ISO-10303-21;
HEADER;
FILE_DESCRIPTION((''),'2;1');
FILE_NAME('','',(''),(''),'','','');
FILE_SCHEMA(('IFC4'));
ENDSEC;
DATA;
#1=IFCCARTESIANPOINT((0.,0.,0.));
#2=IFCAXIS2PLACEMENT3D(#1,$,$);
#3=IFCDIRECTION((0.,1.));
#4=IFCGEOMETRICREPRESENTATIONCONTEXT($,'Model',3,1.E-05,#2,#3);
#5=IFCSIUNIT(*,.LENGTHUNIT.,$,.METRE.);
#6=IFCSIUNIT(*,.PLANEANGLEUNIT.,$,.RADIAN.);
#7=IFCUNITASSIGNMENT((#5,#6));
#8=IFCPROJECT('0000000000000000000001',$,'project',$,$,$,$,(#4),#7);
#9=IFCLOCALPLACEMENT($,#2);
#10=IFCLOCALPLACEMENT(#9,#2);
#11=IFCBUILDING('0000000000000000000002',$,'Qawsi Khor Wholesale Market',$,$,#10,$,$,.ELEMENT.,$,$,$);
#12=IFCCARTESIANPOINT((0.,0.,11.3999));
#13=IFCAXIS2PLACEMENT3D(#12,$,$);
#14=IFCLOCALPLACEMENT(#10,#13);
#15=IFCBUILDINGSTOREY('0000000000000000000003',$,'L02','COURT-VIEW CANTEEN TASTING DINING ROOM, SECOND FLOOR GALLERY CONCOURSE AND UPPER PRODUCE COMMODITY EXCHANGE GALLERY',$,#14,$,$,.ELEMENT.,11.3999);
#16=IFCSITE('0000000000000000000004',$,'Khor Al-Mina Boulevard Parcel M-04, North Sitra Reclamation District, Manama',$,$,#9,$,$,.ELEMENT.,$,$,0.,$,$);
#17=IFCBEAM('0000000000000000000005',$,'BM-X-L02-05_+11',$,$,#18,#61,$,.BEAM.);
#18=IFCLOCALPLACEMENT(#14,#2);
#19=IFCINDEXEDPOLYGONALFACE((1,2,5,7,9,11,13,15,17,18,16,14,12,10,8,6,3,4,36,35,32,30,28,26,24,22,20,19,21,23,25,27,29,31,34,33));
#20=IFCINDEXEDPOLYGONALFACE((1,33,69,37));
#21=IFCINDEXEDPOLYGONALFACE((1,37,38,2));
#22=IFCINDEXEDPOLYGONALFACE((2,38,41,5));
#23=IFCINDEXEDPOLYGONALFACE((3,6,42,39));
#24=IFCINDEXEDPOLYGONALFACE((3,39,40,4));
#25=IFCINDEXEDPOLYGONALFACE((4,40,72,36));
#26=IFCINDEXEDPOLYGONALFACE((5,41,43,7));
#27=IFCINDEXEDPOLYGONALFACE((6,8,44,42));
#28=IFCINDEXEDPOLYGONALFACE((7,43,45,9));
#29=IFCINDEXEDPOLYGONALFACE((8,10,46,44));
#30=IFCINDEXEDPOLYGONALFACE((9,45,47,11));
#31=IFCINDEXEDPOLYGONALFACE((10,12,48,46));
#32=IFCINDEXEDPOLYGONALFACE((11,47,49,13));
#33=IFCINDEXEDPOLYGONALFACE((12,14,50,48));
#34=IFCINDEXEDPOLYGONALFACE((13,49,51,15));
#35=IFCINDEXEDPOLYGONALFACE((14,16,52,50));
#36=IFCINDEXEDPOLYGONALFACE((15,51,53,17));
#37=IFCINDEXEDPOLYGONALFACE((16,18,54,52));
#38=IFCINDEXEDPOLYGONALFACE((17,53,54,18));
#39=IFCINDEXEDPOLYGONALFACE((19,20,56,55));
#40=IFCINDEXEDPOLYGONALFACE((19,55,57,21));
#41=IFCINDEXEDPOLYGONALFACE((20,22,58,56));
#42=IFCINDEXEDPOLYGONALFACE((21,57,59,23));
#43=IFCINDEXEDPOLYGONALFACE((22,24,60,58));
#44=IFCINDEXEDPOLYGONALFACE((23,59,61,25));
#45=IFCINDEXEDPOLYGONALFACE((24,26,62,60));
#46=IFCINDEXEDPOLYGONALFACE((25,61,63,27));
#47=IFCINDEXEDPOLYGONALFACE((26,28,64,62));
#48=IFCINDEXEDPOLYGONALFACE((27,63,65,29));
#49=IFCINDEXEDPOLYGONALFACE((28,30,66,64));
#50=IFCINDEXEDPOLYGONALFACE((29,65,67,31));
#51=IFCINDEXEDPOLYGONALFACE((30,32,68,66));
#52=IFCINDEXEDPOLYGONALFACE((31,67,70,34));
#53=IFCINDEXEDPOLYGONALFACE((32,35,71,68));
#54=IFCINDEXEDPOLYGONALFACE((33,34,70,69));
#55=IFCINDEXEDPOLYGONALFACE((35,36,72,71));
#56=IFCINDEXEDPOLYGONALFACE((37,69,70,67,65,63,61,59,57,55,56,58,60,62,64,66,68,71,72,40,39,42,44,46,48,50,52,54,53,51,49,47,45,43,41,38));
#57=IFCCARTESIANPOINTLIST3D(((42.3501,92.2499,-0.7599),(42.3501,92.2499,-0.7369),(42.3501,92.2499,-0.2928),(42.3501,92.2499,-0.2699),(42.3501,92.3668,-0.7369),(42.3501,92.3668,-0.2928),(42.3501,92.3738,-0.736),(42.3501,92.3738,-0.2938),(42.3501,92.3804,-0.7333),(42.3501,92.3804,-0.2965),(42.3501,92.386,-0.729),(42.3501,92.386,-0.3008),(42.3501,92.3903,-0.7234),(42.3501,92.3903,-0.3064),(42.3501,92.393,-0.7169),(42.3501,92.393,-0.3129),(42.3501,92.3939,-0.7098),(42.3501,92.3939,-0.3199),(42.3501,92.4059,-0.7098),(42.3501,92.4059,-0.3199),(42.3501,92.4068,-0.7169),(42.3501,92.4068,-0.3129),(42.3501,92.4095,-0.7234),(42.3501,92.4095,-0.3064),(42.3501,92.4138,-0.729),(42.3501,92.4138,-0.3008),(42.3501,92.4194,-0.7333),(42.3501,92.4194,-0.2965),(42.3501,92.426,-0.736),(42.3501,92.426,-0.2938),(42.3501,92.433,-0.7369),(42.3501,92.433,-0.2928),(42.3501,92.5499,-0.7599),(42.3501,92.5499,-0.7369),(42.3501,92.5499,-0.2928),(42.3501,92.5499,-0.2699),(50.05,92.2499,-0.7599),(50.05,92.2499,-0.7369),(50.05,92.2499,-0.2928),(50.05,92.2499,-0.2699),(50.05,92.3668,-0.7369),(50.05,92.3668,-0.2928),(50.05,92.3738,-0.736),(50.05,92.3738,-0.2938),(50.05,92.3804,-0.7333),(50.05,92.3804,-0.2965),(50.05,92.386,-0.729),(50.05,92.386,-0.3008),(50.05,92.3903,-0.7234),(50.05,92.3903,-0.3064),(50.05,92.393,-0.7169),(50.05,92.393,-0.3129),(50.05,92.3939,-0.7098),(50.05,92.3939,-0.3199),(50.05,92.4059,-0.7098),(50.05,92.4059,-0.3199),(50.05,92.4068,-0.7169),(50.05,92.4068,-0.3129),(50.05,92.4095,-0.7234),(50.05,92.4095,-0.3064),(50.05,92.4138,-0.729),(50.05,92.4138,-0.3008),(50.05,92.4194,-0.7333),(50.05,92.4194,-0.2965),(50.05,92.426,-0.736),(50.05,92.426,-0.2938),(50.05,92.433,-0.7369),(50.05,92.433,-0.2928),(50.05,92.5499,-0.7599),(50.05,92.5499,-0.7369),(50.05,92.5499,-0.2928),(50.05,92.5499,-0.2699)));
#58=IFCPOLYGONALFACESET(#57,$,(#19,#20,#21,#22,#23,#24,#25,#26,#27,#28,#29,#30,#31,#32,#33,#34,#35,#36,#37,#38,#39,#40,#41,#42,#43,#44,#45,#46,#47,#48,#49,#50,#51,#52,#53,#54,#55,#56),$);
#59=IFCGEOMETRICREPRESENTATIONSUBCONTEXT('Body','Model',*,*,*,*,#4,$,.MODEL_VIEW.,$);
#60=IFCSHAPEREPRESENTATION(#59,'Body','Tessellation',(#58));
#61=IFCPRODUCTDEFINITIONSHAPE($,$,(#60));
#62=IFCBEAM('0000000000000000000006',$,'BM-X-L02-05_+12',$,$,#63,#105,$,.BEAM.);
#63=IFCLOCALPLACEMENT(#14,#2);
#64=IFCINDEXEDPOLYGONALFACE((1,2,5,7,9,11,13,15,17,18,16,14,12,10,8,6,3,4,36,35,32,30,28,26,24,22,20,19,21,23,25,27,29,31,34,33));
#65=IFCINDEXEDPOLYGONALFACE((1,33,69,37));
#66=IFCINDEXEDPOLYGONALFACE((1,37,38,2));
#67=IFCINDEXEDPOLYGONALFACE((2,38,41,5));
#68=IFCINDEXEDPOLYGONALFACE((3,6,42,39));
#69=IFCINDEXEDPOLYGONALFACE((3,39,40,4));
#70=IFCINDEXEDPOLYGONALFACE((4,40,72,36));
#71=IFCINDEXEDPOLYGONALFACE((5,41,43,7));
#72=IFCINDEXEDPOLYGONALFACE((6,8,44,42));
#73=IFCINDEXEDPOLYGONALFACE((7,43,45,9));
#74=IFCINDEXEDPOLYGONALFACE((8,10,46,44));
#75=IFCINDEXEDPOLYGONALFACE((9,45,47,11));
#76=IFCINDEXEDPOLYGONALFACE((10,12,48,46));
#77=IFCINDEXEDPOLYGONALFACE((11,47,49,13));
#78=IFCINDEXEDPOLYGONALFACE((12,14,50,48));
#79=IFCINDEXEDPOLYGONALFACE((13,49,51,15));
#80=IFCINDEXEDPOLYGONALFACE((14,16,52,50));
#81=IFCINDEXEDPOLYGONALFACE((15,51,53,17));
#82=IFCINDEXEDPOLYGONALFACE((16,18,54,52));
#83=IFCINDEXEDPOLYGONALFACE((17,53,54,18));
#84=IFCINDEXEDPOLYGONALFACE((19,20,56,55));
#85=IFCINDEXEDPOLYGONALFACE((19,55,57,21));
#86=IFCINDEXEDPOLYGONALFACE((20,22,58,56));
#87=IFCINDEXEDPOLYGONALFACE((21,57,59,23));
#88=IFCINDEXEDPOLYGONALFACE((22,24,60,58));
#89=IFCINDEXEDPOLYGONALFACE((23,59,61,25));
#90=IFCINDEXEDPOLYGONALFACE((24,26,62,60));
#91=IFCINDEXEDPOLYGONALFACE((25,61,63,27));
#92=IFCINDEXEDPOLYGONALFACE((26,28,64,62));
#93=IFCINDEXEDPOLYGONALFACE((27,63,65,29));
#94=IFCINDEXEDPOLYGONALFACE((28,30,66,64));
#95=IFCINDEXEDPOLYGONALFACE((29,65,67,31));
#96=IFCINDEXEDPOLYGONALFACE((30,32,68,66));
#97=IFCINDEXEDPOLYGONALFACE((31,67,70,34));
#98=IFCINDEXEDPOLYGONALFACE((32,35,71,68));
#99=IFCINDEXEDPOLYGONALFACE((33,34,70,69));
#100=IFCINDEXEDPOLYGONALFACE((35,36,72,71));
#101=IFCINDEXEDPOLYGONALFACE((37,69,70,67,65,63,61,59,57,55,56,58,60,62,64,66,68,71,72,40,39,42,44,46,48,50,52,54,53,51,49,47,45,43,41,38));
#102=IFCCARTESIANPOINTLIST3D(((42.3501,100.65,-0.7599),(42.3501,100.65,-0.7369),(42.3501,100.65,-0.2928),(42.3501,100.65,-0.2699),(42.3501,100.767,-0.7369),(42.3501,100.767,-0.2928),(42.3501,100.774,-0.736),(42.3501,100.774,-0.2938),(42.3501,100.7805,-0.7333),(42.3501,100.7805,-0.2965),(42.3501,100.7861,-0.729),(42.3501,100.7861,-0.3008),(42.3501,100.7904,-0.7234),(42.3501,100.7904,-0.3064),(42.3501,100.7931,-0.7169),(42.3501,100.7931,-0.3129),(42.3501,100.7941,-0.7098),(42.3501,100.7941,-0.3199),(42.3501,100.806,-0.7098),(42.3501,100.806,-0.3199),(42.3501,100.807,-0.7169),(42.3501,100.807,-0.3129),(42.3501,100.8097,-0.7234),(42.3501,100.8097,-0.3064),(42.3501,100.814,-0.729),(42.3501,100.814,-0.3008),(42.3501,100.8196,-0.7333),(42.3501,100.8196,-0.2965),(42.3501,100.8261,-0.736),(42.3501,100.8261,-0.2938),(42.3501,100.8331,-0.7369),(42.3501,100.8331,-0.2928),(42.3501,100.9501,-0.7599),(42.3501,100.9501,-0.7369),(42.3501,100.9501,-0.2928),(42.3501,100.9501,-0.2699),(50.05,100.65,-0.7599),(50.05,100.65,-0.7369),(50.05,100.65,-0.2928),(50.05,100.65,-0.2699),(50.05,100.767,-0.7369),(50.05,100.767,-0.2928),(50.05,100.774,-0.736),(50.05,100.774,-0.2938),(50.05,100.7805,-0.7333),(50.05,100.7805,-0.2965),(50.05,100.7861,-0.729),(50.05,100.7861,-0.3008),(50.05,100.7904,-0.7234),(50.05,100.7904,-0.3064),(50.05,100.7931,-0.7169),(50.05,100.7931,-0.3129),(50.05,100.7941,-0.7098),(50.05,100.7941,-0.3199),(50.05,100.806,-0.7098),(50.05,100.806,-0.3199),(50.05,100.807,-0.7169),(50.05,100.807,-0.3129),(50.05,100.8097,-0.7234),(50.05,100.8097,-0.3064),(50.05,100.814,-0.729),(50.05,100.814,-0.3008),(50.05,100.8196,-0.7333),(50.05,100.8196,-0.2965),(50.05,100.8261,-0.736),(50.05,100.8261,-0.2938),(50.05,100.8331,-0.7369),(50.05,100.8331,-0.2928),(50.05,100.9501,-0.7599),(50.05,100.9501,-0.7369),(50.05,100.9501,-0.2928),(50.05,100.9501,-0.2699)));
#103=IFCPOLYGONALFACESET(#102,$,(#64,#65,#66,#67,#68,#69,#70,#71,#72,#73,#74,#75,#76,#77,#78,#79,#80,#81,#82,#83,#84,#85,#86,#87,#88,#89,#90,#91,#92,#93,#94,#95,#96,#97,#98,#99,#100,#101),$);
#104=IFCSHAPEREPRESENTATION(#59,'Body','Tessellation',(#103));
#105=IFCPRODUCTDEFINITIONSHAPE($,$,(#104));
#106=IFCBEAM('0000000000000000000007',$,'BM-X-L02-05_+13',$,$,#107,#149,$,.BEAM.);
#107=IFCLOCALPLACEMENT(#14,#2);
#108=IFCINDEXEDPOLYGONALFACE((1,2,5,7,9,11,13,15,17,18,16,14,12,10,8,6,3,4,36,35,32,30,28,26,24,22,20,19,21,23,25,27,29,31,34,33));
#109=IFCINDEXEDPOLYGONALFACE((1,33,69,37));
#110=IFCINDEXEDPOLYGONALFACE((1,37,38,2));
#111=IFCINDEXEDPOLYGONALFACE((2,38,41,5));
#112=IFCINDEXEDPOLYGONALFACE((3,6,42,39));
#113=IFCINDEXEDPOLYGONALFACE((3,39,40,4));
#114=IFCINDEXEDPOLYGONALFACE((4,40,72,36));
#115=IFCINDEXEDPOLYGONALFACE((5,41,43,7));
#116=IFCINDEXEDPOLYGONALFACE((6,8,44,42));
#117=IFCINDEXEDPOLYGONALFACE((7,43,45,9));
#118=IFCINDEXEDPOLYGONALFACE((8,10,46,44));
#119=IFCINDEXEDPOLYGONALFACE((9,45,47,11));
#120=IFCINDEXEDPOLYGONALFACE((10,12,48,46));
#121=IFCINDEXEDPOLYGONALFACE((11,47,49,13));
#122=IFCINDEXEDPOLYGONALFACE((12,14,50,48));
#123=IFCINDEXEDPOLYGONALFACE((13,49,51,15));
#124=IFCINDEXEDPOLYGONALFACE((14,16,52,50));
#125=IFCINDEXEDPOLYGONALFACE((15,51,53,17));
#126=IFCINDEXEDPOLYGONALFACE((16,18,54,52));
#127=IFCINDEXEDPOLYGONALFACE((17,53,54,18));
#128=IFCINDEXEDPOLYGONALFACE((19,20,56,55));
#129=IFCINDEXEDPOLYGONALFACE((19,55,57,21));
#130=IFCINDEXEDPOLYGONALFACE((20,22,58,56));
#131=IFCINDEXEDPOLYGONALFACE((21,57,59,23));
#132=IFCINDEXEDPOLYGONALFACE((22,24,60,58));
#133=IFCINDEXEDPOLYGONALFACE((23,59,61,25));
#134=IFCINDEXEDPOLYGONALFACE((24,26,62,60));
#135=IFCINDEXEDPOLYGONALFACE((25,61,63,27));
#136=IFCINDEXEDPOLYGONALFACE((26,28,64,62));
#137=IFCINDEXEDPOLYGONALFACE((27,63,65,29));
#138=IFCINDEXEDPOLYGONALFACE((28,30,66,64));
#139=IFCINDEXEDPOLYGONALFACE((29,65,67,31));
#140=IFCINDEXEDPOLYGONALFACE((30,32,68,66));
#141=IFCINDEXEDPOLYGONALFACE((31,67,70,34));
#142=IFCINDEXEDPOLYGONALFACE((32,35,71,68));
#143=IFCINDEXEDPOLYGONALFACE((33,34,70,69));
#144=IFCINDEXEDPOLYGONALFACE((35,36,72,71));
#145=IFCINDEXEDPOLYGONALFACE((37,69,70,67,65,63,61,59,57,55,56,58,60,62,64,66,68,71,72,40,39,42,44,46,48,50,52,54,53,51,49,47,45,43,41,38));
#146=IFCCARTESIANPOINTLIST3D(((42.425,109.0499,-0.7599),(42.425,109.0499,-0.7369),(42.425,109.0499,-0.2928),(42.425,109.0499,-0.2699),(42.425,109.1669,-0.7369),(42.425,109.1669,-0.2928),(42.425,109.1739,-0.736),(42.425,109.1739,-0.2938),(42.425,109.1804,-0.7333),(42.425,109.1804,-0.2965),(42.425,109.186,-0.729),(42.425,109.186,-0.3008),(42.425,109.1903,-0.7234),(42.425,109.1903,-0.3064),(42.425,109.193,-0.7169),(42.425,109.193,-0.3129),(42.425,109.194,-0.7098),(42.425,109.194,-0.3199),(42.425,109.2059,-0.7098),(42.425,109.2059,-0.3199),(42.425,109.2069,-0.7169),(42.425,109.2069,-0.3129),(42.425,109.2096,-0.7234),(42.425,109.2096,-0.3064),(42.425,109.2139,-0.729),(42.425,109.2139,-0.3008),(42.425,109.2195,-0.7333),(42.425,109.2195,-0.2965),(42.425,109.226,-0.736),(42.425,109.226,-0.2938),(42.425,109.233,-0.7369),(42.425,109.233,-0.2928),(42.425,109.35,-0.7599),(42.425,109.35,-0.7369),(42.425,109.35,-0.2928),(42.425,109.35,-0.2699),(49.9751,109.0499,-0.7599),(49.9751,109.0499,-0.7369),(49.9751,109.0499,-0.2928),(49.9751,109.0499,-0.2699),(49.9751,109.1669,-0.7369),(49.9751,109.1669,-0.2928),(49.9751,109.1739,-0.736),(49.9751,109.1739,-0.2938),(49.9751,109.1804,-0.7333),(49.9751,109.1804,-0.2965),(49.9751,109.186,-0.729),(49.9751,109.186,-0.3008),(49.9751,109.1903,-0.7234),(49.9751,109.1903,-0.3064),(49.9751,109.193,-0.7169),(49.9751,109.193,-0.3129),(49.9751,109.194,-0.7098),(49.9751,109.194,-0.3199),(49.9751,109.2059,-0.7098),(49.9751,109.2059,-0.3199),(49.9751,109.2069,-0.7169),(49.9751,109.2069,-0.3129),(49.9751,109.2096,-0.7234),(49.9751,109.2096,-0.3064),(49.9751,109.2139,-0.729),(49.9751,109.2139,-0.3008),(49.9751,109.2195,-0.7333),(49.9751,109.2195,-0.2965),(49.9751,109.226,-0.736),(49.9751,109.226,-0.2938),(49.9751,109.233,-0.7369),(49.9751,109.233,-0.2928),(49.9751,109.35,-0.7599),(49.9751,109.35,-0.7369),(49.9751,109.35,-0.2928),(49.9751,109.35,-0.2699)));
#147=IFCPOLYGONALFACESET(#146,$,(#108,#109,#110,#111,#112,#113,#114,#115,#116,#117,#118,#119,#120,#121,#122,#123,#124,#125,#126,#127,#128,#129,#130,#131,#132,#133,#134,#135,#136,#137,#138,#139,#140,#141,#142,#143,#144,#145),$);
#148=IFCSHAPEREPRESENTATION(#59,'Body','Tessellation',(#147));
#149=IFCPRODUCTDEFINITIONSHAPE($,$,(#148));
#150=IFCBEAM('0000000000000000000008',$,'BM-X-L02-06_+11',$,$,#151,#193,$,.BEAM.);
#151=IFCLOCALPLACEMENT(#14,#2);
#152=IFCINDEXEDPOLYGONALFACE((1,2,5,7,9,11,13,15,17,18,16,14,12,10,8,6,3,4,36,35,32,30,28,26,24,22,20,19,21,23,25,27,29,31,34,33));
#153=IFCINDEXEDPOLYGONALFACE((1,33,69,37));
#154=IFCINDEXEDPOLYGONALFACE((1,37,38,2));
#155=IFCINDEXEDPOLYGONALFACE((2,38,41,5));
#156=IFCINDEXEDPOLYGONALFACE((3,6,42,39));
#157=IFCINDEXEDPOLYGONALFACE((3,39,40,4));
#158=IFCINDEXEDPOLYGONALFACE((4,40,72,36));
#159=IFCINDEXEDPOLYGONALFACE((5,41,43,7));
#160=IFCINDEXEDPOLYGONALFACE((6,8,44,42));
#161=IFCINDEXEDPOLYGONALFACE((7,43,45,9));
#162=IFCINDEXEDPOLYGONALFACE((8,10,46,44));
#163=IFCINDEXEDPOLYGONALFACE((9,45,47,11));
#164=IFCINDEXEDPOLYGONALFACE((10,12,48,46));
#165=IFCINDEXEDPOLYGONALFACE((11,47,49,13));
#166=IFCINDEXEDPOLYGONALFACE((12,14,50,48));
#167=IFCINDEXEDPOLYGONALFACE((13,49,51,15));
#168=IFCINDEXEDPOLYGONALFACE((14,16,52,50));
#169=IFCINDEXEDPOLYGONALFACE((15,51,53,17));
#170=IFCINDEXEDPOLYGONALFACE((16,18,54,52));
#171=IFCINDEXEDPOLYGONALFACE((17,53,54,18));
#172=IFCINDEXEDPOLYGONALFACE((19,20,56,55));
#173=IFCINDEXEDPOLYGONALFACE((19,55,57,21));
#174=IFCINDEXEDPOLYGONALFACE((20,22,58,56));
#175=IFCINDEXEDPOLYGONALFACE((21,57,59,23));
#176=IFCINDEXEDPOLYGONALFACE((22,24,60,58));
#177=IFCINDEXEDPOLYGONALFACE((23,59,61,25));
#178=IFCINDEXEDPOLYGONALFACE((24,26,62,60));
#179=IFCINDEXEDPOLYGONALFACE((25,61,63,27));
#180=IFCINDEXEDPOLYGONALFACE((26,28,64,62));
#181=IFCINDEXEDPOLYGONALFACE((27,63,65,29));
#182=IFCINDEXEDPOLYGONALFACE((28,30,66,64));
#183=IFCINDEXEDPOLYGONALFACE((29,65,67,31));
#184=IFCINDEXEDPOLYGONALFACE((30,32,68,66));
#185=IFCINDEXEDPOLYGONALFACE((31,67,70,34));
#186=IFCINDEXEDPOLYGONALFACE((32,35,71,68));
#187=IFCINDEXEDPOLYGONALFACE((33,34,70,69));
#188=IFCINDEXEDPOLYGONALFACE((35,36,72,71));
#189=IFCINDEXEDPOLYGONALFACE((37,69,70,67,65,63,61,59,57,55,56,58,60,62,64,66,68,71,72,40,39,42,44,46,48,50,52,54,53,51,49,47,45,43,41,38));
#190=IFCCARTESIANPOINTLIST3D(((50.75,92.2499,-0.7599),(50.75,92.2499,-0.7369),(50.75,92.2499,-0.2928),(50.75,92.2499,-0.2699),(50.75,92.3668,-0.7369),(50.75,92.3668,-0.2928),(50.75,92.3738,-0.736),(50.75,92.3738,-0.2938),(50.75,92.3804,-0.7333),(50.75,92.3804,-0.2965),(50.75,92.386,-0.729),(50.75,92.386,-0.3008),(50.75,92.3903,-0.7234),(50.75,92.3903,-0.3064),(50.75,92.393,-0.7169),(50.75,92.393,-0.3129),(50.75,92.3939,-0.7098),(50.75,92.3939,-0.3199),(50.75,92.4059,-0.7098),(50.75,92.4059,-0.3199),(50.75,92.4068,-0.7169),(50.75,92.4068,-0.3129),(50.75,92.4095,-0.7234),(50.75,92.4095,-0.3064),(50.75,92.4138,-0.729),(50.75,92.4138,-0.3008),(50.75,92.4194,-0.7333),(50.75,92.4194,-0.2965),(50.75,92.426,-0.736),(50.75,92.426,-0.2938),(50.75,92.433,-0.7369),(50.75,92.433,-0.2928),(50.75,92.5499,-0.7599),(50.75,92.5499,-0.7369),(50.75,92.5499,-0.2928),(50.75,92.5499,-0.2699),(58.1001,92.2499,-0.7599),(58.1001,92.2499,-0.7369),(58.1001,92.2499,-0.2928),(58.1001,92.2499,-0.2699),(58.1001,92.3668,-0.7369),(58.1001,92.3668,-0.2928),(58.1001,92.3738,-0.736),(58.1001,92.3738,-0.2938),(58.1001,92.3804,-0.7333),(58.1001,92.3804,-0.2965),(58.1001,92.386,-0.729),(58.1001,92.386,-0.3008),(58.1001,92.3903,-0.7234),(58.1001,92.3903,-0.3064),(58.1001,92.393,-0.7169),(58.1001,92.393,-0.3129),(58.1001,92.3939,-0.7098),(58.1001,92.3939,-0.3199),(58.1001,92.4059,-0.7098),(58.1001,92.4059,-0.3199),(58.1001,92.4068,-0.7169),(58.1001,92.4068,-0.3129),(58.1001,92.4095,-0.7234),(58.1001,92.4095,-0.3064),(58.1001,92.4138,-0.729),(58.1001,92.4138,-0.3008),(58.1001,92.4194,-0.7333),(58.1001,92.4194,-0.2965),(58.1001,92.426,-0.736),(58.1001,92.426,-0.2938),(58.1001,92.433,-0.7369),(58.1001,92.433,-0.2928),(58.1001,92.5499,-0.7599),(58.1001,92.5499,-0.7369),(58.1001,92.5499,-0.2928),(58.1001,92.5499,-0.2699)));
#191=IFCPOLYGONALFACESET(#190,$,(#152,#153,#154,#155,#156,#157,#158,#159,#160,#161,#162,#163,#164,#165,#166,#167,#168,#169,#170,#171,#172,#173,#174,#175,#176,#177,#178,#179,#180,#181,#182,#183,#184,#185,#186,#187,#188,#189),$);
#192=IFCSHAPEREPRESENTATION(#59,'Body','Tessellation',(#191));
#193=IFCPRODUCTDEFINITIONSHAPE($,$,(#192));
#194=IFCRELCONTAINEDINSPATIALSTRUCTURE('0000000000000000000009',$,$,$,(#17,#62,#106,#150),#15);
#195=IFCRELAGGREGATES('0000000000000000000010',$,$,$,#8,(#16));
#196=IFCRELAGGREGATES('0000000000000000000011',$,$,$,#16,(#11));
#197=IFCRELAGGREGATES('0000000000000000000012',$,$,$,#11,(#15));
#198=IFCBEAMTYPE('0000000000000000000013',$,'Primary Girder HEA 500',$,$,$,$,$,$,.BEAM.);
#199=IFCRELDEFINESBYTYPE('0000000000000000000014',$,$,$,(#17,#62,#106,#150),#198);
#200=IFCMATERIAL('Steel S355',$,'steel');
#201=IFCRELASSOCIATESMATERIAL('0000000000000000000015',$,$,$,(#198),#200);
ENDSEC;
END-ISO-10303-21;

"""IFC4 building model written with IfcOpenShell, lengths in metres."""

from ifc_helpers import new_model, si_unit, direction, frame, origin, origin_2d, place, context, subcontext, project, spatial, i_section, extrude, material, material_profile, profile_set, type_object, element, save


model = new_model("IFC4")

# Units and contexts
model_context = context("Model", 3, precision=1e-05, world=origin(), true_north=direction((0.0, 1.0)))
body_context = subcontext(model_context, "Body", "Model", "MODEL_VIEW")
ifc_project = project(units=[si_unit("LENGTHUNIT", "METRE"), si_unit("PLANEANGLEUNIT", "RADIAN")], contexts=[model_context])

# Site, building, storey
site_placement = place(None, origin())
site = spatial("IfcSite", under=ifc_project, at=site_placement, Name="Khor Al-Mina Boulevard Parcel M-04, North Sitra Reclamation District, Manama", CompositionType="ELEMENT", RefElevation=0.0)
building_placement = place(site_placement, origin())
building = spatial("IfcBuilding", under=site, at=building_placement, Name="Qawsi Khor Wholesale Market", CompositionType="ELEMENT")
storey_placement = place(building_placement, frame((0.0, 0.0, 11.3999)))
storey = spatial("IfcBuildingStorey", under=building, at=storey_placement, Name="L02", Description="COURT-VIEW CANTEEN TASTING DINING ROOM, SECOND FLOOR GALLERY CONCOURSE AND UPPER PRODUCE COMMODITY EXCHANGE GALLERY", CompositionType="ELEMENT", Elevation=11.3999)

# Beams
ifc_material_1 = material(Name="Steel S355", Category="steel")
ifc_material_profile_1 = material_profile(ifc_material_1, i_section(OverallWidth=0.3, OverallDepth=0.49, WebThickness=0.012, FlangeThickness=0.0229, FilletRadius=0.0271, at=origin_2d()), Name="HEA 500")
ifc_profile_set_1 = profile_set([ifc_material_profile_1], Name="Steel S355")
beam_type_1 = type_object("IfcBeamType", Name="Primary Girder HEA 500", PredefinedType="BEAM", material=ifc_profile_set_1)
for number, where, z_axis, x_axis, name in (
    (1, (42.3501, 92.3999, -0.5149), (1.0, 0.0, 0.0), (0.0, 1.0, 0.0), "BM-X-L02-05_+11"),
    (2, (42.3501, 100.8, -0.5149), (1.0, 0.0, 0.0), (0.0, 1.0, 0.0), "BM-X-L02-05_+12"),
):
    element("IfcBeam", number, at=place(storey_placement, frame(where, z_axis=z_axis, x_axis=x_axis)), inside=storey, type_object=beam_type_1, Name=name, PredefinedType="BEAM", context=body_context, shape_type="SweptSolid", body=[
        extrude(i_section(OverallWidth=0.3, OverallDepth=0.49, WebThickness=0.012, FlangeThickness=0.0229, FilletRadius=0.0271, at=origin_2d()), origin(), (0.0, 0.0, 1.0), 7.7),
    ])
beam_1_placement = place(storey_placement, frame((42.425, 109.2, -0.5149), z_axis=(1.0, 0.0, 0.0), x_axis=(0.0, 1.0, 0.0)))
element("IfcBeam", 3, at=beam_1_placement, inside=storey, type_object=beam_type_1, Name="BM-X-L02-05_+13", PredefinedType="BEAM", context=body_context, shape_type="SweptSolid", body=[
    extrude(i_section(OverallWidth=0.3, OverallDepth=0.49, WebThickness=0.012, FlangeThickness=0.0229, FilletRadius=0.0271, at=origin_2d()), origin(), (0.0, 0.0, 1.0), 7.55),
])
beam_2_placement = place(storey_placement, frame((50.75, 92.3999, -0.5149), z_axis=(1.0, 0.0, 0.0), x_axis=(0.0, 1.0, 0.0)))
element("IfcBeam", 4, at=beam_2_placement, inside=storey, type_object=beam_type_1, Name="BM-X-L02-06_+11", PredefinedType="BEAM", context=body_context, shape_type="SweptSolid", body=[
    extrude(i_section(OverallWidth=0.3, OverallDepth=0.49, WebThickness=0.012, FlangeThickness=0.0229, FilletRadius=0.0271, at=origin_2d()), origin(), (0.0, 0.0, 1.0), 7.3501),
])

save(model, "model.ifc")
